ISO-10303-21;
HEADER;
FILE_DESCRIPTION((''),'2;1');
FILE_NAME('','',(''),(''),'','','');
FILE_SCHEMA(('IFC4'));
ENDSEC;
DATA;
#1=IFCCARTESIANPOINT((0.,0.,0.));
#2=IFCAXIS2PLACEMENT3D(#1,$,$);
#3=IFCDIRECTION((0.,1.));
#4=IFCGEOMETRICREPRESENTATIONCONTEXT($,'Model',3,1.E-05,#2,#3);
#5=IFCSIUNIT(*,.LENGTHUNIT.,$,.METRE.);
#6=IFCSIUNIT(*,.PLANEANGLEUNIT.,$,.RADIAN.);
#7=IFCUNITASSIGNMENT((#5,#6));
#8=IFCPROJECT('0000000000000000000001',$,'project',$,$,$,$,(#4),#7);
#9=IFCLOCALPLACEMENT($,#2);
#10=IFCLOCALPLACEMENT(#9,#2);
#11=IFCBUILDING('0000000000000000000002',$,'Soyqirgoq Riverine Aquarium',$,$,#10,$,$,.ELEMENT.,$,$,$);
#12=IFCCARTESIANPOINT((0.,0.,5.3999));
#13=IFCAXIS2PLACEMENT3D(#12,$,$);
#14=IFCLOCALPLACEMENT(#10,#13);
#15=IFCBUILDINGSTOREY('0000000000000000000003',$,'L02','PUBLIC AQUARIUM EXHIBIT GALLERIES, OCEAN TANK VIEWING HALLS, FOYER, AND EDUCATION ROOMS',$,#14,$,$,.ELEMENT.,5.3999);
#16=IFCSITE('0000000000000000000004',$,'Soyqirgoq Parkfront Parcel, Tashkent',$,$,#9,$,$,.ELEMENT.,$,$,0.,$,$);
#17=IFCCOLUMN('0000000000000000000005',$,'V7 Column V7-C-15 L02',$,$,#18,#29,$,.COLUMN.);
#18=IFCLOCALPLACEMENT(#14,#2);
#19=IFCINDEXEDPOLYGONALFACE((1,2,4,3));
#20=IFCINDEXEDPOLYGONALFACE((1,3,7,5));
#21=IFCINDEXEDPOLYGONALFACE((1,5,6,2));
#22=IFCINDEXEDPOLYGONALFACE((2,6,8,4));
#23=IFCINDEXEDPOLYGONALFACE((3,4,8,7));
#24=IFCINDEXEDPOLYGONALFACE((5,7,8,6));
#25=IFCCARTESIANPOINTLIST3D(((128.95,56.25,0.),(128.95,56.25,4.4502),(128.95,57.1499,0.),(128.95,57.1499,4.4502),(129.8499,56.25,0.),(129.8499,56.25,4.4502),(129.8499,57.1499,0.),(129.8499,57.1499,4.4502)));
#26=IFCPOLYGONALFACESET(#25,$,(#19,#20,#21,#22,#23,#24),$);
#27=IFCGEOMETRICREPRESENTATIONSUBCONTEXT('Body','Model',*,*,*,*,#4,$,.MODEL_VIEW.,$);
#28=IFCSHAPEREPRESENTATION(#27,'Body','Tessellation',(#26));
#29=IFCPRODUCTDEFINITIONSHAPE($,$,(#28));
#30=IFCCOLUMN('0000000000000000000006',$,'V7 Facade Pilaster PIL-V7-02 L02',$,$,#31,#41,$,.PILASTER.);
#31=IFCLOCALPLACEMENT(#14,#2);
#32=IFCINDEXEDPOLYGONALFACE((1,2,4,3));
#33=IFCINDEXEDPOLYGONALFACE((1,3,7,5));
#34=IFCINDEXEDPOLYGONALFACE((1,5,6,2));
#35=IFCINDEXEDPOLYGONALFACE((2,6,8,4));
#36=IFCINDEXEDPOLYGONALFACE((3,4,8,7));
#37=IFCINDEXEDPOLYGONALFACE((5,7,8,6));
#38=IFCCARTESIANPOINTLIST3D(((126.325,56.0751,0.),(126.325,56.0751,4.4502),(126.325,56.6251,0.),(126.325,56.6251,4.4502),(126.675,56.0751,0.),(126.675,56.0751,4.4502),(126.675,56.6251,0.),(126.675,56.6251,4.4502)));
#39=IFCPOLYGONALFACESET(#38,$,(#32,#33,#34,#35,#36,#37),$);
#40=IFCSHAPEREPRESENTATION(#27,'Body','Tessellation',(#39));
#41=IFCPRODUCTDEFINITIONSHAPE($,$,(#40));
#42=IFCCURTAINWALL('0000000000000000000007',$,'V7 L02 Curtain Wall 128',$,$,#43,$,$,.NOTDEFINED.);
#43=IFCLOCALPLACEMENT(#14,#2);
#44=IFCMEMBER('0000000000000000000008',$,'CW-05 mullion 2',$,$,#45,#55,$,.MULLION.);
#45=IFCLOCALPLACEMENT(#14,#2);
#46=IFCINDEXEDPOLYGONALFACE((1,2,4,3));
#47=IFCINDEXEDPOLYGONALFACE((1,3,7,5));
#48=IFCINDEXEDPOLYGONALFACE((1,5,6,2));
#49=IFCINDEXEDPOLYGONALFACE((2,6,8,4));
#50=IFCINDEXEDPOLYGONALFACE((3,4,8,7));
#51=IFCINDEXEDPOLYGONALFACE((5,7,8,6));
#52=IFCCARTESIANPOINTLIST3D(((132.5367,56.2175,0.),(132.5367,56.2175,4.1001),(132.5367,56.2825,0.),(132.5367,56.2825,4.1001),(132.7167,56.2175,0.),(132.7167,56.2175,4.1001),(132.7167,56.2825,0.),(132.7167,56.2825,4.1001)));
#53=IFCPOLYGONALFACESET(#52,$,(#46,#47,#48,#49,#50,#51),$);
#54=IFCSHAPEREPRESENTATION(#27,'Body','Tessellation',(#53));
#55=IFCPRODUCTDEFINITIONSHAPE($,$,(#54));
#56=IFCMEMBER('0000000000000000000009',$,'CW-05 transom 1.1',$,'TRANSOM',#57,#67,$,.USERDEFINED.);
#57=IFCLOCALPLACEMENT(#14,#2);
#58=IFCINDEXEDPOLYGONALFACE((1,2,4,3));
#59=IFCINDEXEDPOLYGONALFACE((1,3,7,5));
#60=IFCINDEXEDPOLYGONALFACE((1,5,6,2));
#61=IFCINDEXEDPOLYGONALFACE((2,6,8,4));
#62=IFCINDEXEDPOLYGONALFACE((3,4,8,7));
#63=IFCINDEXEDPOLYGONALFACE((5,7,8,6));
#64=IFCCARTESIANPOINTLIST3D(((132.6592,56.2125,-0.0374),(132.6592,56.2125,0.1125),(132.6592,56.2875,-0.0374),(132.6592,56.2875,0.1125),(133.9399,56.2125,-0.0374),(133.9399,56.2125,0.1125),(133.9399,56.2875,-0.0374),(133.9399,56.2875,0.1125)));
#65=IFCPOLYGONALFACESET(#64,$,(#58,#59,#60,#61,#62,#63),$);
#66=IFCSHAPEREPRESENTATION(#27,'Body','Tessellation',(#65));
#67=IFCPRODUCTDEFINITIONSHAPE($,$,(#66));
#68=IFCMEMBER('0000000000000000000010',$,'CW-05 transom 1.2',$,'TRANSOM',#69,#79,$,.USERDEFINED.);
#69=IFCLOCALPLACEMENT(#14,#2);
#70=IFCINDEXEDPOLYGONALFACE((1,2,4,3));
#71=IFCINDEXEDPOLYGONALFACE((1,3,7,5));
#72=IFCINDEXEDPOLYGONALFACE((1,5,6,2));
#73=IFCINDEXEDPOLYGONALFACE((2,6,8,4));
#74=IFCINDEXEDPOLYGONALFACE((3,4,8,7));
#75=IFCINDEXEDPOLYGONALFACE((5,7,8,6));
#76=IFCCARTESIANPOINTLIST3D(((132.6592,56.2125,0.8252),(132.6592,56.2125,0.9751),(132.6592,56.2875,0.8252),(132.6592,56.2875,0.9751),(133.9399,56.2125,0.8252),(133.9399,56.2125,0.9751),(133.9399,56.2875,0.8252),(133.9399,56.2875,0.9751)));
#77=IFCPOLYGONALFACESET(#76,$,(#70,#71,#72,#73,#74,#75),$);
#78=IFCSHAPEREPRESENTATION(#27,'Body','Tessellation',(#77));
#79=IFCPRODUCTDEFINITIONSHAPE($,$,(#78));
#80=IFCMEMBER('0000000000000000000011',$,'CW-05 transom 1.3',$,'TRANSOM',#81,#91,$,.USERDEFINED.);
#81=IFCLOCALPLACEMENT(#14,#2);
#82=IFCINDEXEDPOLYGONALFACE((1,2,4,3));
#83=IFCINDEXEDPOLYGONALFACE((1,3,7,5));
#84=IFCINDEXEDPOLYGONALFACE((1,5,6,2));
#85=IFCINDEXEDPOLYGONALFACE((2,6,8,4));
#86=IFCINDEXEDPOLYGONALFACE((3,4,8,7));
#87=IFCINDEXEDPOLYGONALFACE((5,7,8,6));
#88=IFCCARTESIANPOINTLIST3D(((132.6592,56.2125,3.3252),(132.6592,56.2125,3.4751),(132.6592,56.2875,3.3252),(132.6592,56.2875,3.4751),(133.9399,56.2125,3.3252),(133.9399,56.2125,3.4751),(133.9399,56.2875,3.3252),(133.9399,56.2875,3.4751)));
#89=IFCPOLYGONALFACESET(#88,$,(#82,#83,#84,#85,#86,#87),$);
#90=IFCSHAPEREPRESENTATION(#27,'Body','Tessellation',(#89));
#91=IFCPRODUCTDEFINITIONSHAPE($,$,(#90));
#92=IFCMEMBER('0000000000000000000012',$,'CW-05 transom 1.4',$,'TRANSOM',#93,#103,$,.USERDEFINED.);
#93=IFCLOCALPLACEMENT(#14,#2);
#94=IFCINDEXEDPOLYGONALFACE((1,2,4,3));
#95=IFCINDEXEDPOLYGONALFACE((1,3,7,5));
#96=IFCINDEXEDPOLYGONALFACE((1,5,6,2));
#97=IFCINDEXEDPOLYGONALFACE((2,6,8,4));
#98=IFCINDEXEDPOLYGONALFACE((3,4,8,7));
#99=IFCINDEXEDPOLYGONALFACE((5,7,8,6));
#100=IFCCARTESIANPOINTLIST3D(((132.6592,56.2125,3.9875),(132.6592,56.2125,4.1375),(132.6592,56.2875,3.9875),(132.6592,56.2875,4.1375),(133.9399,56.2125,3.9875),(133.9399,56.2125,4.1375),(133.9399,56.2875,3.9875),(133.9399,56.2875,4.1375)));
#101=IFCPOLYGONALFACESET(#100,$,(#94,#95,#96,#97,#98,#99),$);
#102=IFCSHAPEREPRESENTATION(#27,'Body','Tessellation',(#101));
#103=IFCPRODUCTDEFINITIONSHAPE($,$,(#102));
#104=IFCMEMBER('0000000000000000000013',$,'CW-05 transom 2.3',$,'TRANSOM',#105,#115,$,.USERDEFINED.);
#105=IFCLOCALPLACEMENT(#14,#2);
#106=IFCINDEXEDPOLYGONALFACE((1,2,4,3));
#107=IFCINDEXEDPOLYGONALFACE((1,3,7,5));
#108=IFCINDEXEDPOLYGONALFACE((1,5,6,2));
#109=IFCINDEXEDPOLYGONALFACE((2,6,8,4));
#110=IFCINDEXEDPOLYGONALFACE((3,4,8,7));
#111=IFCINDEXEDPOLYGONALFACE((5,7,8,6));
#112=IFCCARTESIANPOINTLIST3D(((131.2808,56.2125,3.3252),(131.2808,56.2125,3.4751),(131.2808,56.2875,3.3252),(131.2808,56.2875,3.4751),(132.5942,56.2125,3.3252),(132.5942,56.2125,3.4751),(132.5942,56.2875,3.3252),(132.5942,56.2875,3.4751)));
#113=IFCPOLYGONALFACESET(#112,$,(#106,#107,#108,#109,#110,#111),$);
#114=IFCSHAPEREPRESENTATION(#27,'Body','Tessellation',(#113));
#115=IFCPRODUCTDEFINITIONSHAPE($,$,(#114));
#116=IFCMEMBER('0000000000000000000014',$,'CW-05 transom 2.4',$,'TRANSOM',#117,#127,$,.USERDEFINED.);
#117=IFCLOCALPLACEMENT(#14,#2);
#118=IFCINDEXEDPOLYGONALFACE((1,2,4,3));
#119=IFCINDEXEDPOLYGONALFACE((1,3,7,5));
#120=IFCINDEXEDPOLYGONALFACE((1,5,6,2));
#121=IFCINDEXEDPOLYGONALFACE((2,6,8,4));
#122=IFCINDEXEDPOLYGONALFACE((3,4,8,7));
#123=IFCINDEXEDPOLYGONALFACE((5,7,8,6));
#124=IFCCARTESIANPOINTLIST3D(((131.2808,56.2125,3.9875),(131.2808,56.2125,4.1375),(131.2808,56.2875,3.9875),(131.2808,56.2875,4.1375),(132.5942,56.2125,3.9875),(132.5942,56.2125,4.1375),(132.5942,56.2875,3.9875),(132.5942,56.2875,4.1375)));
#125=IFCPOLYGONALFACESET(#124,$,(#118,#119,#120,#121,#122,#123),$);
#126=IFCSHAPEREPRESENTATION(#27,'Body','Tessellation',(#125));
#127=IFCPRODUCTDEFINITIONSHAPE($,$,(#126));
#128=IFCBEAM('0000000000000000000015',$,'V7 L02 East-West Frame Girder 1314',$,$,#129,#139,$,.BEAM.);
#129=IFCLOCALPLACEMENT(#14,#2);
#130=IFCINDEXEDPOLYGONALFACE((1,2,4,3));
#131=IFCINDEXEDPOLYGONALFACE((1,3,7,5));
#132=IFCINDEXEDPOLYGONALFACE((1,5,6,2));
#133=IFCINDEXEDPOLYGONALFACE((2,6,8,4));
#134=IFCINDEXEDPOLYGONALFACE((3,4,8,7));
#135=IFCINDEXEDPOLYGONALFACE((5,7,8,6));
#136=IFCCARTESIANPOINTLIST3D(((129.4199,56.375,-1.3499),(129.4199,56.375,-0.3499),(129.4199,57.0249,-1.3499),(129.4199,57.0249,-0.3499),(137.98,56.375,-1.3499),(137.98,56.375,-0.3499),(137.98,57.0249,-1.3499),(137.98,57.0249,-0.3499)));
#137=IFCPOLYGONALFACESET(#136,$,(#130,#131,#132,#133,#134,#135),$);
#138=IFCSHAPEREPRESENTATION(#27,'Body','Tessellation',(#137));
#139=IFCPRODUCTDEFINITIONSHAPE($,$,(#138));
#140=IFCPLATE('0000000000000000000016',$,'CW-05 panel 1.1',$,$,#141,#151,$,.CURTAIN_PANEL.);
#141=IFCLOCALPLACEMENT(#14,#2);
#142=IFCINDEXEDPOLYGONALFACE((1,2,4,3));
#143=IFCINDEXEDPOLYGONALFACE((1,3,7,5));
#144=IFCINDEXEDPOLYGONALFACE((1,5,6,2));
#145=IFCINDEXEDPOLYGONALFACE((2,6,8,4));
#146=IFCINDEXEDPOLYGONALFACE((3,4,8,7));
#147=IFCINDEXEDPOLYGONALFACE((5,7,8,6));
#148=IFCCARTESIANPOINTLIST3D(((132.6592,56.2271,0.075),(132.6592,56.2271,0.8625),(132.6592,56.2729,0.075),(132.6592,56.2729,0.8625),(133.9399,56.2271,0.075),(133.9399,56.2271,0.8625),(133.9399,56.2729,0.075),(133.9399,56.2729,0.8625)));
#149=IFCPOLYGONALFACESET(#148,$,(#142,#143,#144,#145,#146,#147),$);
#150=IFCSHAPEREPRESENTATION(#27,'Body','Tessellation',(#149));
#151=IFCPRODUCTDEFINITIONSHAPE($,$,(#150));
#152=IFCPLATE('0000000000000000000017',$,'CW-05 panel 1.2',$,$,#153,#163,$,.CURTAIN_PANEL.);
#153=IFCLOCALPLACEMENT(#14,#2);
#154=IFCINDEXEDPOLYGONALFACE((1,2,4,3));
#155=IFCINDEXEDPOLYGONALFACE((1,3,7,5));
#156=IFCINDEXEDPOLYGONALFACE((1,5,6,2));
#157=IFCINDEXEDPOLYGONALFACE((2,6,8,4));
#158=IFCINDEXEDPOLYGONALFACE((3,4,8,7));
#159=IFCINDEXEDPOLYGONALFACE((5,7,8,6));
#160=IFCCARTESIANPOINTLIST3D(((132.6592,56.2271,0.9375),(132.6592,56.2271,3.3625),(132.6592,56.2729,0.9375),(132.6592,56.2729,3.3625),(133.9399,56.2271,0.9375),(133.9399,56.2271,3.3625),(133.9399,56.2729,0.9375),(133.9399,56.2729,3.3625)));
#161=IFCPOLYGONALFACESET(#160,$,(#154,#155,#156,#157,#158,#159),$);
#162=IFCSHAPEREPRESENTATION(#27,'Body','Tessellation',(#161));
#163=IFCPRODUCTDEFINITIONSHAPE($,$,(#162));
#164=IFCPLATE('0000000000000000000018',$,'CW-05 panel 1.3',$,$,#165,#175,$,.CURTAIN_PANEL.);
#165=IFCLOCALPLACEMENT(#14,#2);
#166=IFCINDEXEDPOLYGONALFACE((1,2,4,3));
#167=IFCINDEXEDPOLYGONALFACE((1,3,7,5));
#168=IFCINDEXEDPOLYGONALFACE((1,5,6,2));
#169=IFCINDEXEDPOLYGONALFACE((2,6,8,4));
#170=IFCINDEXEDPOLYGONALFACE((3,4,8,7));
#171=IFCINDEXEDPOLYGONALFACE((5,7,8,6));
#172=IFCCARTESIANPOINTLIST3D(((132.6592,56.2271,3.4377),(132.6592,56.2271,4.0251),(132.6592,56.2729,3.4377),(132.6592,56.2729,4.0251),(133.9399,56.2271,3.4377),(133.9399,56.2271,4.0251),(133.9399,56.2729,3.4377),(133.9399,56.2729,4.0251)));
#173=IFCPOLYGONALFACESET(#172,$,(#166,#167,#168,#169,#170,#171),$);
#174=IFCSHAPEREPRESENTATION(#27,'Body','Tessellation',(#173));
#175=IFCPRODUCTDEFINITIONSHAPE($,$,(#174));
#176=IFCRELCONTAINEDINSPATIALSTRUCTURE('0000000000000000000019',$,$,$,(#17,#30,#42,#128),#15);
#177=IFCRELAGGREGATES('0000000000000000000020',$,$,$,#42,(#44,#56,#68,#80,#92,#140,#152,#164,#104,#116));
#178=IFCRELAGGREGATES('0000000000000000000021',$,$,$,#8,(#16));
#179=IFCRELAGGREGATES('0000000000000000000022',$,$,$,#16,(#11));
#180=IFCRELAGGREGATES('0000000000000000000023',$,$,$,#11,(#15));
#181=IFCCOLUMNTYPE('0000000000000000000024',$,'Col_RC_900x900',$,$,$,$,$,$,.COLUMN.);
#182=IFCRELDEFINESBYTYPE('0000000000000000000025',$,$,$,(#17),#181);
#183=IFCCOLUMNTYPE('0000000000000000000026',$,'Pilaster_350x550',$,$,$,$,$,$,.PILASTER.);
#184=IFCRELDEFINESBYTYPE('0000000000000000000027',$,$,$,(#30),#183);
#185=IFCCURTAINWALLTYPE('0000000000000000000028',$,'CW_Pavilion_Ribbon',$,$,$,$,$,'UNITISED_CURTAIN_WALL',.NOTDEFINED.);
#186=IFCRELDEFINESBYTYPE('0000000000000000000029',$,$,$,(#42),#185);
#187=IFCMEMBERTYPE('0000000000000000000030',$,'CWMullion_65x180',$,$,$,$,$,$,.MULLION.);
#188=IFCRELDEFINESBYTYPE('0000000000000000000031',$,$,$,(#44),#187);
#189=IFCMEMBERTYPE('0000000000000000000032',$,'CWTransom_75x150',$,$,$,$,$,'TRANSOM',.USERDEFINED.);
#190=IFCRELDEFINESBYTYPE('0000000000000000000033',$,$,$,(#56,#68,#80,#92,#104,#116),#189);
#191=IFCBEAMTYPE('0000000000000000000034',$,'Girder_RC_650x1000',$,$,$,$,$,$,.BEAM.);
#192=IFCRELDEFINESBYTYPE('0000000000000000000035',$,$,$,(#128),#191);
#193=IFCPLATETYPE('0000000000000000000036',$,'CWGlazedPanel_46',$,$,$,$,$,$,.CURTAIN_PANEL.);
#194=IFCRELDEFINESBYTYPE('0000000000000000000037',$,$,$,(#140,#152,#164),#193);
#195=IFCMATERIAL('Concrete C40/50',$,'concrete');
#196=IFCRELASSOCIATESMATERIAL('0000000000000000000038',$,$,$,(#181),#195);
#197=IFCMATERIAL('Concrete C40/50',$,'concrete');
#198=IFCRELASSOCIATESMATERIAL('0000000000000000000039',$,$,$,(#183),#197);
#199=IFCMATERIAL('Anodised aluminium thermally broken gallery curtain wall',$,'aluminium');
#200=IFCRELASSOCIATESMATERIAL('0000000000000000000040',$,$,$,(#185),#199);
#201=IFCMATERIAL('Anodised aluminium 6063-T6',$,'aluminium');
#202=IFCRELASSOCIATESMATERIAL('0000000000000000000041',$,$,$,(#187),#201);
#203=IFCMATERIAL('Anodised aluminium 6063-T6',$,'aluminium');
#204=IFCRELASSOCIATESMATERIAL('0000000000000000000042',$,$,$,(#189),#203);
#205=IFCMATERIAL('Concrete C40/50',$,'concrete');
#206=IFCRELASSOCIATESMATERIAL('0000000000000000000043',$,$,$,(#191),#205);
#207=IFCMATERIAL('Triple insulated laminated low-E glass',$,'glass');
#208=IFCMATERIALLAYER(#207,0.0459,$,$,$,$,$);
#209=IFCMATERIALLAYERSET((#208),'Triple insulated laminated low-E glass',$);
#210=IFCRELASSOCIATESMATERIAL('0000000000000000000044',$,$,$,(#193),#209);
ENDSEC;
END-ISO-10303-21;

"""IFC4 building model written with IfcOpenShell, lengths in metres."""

from ifc_helpers import new_model, si_unit, direction, frame, origin, origin_2d, place, context, subcontext, project, spatial, rectangle, extrude, material, layer, layer_set, material_profile, profile_set, type_object, element, aggregate, save


model = new_model("IFC4")

# Units and contexts
model_context = context("Model", 3, precision=1e-05, world=origin(), true_north=direction((0.0, 1.0)))
body_context = subcontext(model_context, "Body", "Model", "MODEL_VIEW")
ifc_project = project(units=[si_unit("LENGTHUNIT", "METRE"), si_unit("PLANEANGLEUNIT", "RADIAN")], contexts=[model_context])

# Site, building, storey
site_placement = place(None, origin())
site = spatial("IfcSite", under=ifc_project, at=site_placement, Name="Soyqirgoq Parkfront Parcel, Tashkent", CompositionType="ELEMENT", RefElevation=0.0)
building_placement = place(site_placement, origin())
building = spatial("IfcBuilding", under=site, at=building_placement, Name="Soyqirgoq Riverine Aquarium", CompositionType="ELEMENT")
storey_placement = place(building_placement, frame((0.0, 0.0, 5.3999)))
storey = spatial("IfcBuildingStorey", under=building, at=storey_placement, Name="L02", Description="PUBLIC AQUARIUM EXHIBIT GALLERIES, OCEAN TANK VIEWING HALLS, FOYER, AND EDUCATION ROOMS", CompositionType="ELEMENT", Elevation=5.3999)

# Columns
ifc_material_1 = material(Name="Concrete C40/50", Category="concrete")
ifc_material_profile_1 = material_profile(ifc_material_1, rectangle(XDim=0.8999, YDim=0.8999, at=origin_2d()), Name="RC 900x900")
ifc_profile_set_1 = profile_set([ifc_material_profile_1], Name="Concrete C40/50")
column_type_1 = type_object("IfcColumnType", Name="Col_RC_900x900", PredefinedType="COLUMN", material=ifc_profile_set_1)
column_1_placement = place(storey_placement, frame((129.3999, 56.7, 0.0), z_axis=(0.0, 0.0, 1.0), x_axis=(1.0, 0.0, 0.0)))
element("IfcColumn", 1, at=column_1_placement, inside=storey, type_object=column_type_1, Name="V7 Column V7-C-15 L02", PredefinedType="COLUMN", context=body_context, shape_type="SweptSolid", body=[
    extrude(rectangle(XDim=0.8999, YDim=0.8999, at=origin_2d()), origin(), (0.0, 0.0, 1.0), 4.4502),
])
ifc_material_2 = material(Name="Concrete C40/50", Category="concrete")
ifc_material_profile_2 = material_profile(ifc_material_2, rectangle(XDim=0.3501, YDim=0.55, at=origin_2d()), Name="RC-PIL 350x550")
ifc_profile_set_2 = profile_set([ifc_material_profile_2], Name="Concrete C40/50")
column_type_2 = type_object("IfcColumnType", Name="Pilaster_350x550", PredefinedType="PILASTER", material=ifc_profile_set_2)
column_2_placement = place(storey_placement, frame((126.5, 56.3501, 0.0), z_axis=(0.0, 0.0, 1.0), x_axis=(1.0, 0.0, 0.0)))
element("IfcColumn", 2, at=column_2_placement, inside=storey, type_object=column_type_2, Name="V7 Facade Pilaster PIL-V7-02 L02", PredefinedType="PILASTER", context=body_context, shape_type="SweptSolid", body=[
    extrude(rectangle(XDim=0.3501, YDim=0.55, at=origin_2d()), origin(), (0.0, 0.0, 1.0), 4.4502),
])

# Curtain wall, members
ifc_material_3 = material(Name="Anodised aluminium thermally broken gallery curtain wall", Category="aluminium")
curtain_wall_type = type_object("IfcCurtainWallType", Name="CW_Pavilion_Ribbon", ElementType="UNITISED_CURTAIN_WALL", PredefinedType="NOTDEFINED", material=ifc_material_3)
curtain_wall_placement = place(storey_placement, origin())
curtain_wall = element("IfcCurtainWall", 3, at=curtain_wall_placement, inside=storey, type_object=curtain_wall_type, Name="V7 L02 Curtain Wall 128", PredefinedType="NOTDEFINED")
ifc_material_4 = material(Name="Anodised aluminium 6063-T6", Category="aluminium")
ifc_material_profile_3 = material_profile(ifc_material_4, rectangle(XDim=0.0649, YDim=0.1799, at=origin_2d()), Name="ALU-M 65x180")
ifc_profile_set_3 = profile_set([ifc_material_profile_3], Name="Anodised aluminium 6063-T6")
member_type_1 = type_object("IfcMemberType", Name="CWMullion_65x180", PredefinedType="MULLION", material=ifc_profile_set_3)
member_1_placement = place(storey_placement, frame((132.6267, 56.25, 0.0), z_axis=(0.0, 0.0, 1.0), x_axis=(0.0, -1.0, 0.0)))
member_1 = element("IfcMember", 4, at=member_1_placement, type_object=member_type_1, Name="CW-05 mullion 2", PredefinedType="MULLION", context=body_context, shape_type="SweptSolid", body=[
    extrude(rectangle(XDim=0.0649, YDim=0.1799, at=origin_2d()), origin(), (0.0, 0.0, 1.0), 4.1001),
])
ifc_material_5 = material(Name="Anodised aluminium 6063-T6", Category="aluminium")
ifc_material_profile_4 = material_profile(ifc_material_5, rectangle(XDim=0.075, YDim=0.1499, at=origin_2d()), Name="ALU-T 75x150")
ifc_profile_set_4 = profile_set([ifc_material_profile_4], Name="Anodised aluminium 6063-T6")
member_type_2 = type_object("IfcMemberType", Name="CWTransom_75x150", ElementType="TRANSOM", PredefinedType="USERDEFINED", material=ifc_profile_set_4)
member_2_placement = place(storey_placement, frame((133.9399, 56.25, 0.0376), z_axis=(-1.0, 0.0, 0.0), x_axis=(0.0, -1.0, 0.0)))
member_2 = element("IfcMember", 5, at=member_2_placement, type_object=member_type_2, Name="CW-05 transom 1.1", ObjectType="TRANSOM", PredefinedType="USERDEFINED", context=body_context, shape_type="SweptSolid", body=[
    extrude(rectangle(XDim=0.075, YDim=0.1499, at=origin_2d()), origin(), (0.0, 0.0, 1.0), 1.2808),
])
member_3_placement = place(storey_placement, frame((133.9399, 56.25, 0.9001), z_axis=(-1.0, 0.0, 0.0), x_axis=(0.0, -1.0, 0.0)))
member_3 = element("IfcMember", 6, at=member_3_placement, type_object=member_type_2, Name="CW-05 transom 1.2", ObjectType="TRANSOM", PredefinedType="USERDEFINED", context=body_context, shape_type="SweptSolid", body=[
    extrude(rectangle(XDim=0.075, YDim=0.1499, at=origin_2d()), origin(), (0.0, 0.0, 1.0), 1.2808),
])
member_4_placement = place(storey_placement, frame((133.9399, 56.25, 3.4001), z_axis=(-1.0, 0.0, 0.0), x_axis=(0.0, -1.0, 0.0)))
member_4 = element("IfcMember", 7, at=member_4_placement, type_object=member_type_2, Name="CW-05 transom 1.3", ObjectType="TRANSOM", PredefinedType="USERDEFINED", context=body_context, shape_type="SweptSolid", body=[
    extrude(rectangle(XDim=0.075, YDim=0.1499, at=origin_2d()), origin(), (0.0, 0.0, 1.0), 1.2808),
])
member_5_placement = place(storey_placement, frame((133.9399, 56.25, 4.0625), z_axis=(-1.0, 0.0, 0.0), x_axis=(0.0, -1.0, 0.0)))
member_5 = element("IfcMember", 8, at=member_5_placement, type_object=member_type_2, Name="CW-05 transom 1.4", ObjectType="TRANSOM", PredefinedType="USERDEFINED", context=body_context, shape_type="SweptSolid", body=[
    extrude(rectangle(XDim=0.075, YDim=0.1499, at=origin_2d()), origin(), (0.0, 0.0, 1.0), 1.2808),
])
member_6_placement = place(storey_placement, frame((132.5942, 56.25, 3.4001), z_axis=(-1.0, 0.0, 0.0), x_axis=(0.0, -1.0, 0.0)))
member_6 = element("IfcMember", 9, at=member_6_placement, type_object=member_type_2, Name="CW-05 transom 2.3", ObjectType="TRANSOM", PredefinedType="USERDEFINED", context=body_context, shape_type="SweptSolid", body=[
    extrude(rectangle(XDim=0.075, YDim=0.1499, at=origin_2d()), origin(), (0.0, 0.0, 1.0), 1.3135),
])
member_7_placement = place(storey_placement, frame((132.5942, 56.25, 4.0625), z_axis=(-1.0, 0.0, 0.0), x_axis=(0.0, -1.0, 0.0)))
member_7 = element("IfcMember", 10, at=member_7_placement, type_object=member_type_2, Name="CW-05 transom 2.4", ObjectType="TRANSOM", PredefinedType="USERDEFINED", context=body_context, shape_type="SweptSolid", body=[
    extrude(rectangle(XDim=0.075, YDim=0.1499, at=origin_2d()), origin(), (0.0, 0.0, 1.0), 1.3135),
])

# Beam
ifc_material_6 = material(Name="Concrete C40/50", Category="concrete")
ifc_material_profile_5 = material_profile(ifc_material_6, rectangle(XDim=0.6499, YDim=1.0, at=origin_2d()), Name="RC 650x1000")
ifc_profile_set_5 = profile_set([ifc_material_profile_5], Name="Concrete C40/50")
beam_type = type_object("IfcBeamType", Name="Girder_RC_650x1000", PredefinedType="BEAM", material=ifc_profile_set_5)
beam_placement = place(storey_placement, frame((129.4199, 56.7, -0.8499), z_axis=(1.0, 0.0, 0.0), x_axis=(0.0, 1.0, 0.0)))
element("IfcBeam", 11, at=beam_placement, inside=storey, type_object=beam_type, Name="V7 L02 East-West Frame Girder 1314", PredefinedType="BEAM", context=body_context, shape_type="SweptSolid", body=[
    extrude(rectangle(XDim=0.6499, YDim=1.0, at=origin_2d()), origin(), (0.0, 0.0, 1.0), 8.5601),
])

# Plates
ifc_material_7 = material(Name="Triple insulated laminated low-E glass", Category="glass")
ifc_layer_1 = layer(ifc_material_7, 0.0459)
ifc_layer_set_1 = layer_set([ifc_layer_1], Name="Triple insulated laminated low-E glass")
plate_type = type_object("IfcPlateType", Name="CWGlazedPanel_46", PredefinedType="CURTAIN_PANEL", material=ifc_layer_set_1)
plate_1_placement = place(storey_placement, frame((133.2996, 56.25, 0.075), z_axis=(0.0, 0.0, 1.0), x_axis=(-1.0, 0.0, 0.0)))
plate_1 = element("IfcPlate", 12, at=plate_1_placement, type_object=plate_type, Name="CW-05 panel 1.1", PredefinedType="CURTAIN_PANEL", context=body_context, shape_type="SweptSolid", body=[
    extrude(rectangle(XDim=1.2808, YDim=0.0459, at=origin_2d()), origin(), (0.0, 0.0, 1.0), 0.7876),
])
plate_2_placement = place(storey_placement, frame((133.2996, 56.25, 0.9375), z_axis=(0.0, 0.0, 1.0), x_axis=(-1.0, 0.0, 0.0)))
plate_2 = element("IfcPlate", 13, at=plate_2_placement, type_object=plate_type, Name="CW-05 panel 1.2", PredefinedType="CURTAIN_PANEL", context=body_context, shape_type="SweptSolid", body=[
    extrude(rectangle(XDim=1.2808, YDim=0.0459, at=origin_2d()), origin(), (0.0, 0.0, 1.0), 2.425),
])
plate_3_placement = place(storey_placement, frame((133.2996, 56.25, 3.4377), z_axis=(0.0, 0.0, 1.0), x_axis=(-1.0, 0.0, 0.0)))
plate_3 = element("IfcPlate", 14, at=plate_3_placement, type_object=plate_type, Name="CW-05 panel 1.3", PredefinedType="CURTAIN_PANEL", context=body_context, shape_type="SweptSolid", body=[
    extrude(rectangle(XDim=1.2808, YDim=0.0459, at=origin_2d()), origin(), (0.0, 0.0, 1.0), 0.5874),
])
aggregate(curtain_wall, [member_1, member_2, member_3, member_4, member_5, plate_1, plate_2, plate_3, member_6, member_7])

save(model, "model.ifc")
